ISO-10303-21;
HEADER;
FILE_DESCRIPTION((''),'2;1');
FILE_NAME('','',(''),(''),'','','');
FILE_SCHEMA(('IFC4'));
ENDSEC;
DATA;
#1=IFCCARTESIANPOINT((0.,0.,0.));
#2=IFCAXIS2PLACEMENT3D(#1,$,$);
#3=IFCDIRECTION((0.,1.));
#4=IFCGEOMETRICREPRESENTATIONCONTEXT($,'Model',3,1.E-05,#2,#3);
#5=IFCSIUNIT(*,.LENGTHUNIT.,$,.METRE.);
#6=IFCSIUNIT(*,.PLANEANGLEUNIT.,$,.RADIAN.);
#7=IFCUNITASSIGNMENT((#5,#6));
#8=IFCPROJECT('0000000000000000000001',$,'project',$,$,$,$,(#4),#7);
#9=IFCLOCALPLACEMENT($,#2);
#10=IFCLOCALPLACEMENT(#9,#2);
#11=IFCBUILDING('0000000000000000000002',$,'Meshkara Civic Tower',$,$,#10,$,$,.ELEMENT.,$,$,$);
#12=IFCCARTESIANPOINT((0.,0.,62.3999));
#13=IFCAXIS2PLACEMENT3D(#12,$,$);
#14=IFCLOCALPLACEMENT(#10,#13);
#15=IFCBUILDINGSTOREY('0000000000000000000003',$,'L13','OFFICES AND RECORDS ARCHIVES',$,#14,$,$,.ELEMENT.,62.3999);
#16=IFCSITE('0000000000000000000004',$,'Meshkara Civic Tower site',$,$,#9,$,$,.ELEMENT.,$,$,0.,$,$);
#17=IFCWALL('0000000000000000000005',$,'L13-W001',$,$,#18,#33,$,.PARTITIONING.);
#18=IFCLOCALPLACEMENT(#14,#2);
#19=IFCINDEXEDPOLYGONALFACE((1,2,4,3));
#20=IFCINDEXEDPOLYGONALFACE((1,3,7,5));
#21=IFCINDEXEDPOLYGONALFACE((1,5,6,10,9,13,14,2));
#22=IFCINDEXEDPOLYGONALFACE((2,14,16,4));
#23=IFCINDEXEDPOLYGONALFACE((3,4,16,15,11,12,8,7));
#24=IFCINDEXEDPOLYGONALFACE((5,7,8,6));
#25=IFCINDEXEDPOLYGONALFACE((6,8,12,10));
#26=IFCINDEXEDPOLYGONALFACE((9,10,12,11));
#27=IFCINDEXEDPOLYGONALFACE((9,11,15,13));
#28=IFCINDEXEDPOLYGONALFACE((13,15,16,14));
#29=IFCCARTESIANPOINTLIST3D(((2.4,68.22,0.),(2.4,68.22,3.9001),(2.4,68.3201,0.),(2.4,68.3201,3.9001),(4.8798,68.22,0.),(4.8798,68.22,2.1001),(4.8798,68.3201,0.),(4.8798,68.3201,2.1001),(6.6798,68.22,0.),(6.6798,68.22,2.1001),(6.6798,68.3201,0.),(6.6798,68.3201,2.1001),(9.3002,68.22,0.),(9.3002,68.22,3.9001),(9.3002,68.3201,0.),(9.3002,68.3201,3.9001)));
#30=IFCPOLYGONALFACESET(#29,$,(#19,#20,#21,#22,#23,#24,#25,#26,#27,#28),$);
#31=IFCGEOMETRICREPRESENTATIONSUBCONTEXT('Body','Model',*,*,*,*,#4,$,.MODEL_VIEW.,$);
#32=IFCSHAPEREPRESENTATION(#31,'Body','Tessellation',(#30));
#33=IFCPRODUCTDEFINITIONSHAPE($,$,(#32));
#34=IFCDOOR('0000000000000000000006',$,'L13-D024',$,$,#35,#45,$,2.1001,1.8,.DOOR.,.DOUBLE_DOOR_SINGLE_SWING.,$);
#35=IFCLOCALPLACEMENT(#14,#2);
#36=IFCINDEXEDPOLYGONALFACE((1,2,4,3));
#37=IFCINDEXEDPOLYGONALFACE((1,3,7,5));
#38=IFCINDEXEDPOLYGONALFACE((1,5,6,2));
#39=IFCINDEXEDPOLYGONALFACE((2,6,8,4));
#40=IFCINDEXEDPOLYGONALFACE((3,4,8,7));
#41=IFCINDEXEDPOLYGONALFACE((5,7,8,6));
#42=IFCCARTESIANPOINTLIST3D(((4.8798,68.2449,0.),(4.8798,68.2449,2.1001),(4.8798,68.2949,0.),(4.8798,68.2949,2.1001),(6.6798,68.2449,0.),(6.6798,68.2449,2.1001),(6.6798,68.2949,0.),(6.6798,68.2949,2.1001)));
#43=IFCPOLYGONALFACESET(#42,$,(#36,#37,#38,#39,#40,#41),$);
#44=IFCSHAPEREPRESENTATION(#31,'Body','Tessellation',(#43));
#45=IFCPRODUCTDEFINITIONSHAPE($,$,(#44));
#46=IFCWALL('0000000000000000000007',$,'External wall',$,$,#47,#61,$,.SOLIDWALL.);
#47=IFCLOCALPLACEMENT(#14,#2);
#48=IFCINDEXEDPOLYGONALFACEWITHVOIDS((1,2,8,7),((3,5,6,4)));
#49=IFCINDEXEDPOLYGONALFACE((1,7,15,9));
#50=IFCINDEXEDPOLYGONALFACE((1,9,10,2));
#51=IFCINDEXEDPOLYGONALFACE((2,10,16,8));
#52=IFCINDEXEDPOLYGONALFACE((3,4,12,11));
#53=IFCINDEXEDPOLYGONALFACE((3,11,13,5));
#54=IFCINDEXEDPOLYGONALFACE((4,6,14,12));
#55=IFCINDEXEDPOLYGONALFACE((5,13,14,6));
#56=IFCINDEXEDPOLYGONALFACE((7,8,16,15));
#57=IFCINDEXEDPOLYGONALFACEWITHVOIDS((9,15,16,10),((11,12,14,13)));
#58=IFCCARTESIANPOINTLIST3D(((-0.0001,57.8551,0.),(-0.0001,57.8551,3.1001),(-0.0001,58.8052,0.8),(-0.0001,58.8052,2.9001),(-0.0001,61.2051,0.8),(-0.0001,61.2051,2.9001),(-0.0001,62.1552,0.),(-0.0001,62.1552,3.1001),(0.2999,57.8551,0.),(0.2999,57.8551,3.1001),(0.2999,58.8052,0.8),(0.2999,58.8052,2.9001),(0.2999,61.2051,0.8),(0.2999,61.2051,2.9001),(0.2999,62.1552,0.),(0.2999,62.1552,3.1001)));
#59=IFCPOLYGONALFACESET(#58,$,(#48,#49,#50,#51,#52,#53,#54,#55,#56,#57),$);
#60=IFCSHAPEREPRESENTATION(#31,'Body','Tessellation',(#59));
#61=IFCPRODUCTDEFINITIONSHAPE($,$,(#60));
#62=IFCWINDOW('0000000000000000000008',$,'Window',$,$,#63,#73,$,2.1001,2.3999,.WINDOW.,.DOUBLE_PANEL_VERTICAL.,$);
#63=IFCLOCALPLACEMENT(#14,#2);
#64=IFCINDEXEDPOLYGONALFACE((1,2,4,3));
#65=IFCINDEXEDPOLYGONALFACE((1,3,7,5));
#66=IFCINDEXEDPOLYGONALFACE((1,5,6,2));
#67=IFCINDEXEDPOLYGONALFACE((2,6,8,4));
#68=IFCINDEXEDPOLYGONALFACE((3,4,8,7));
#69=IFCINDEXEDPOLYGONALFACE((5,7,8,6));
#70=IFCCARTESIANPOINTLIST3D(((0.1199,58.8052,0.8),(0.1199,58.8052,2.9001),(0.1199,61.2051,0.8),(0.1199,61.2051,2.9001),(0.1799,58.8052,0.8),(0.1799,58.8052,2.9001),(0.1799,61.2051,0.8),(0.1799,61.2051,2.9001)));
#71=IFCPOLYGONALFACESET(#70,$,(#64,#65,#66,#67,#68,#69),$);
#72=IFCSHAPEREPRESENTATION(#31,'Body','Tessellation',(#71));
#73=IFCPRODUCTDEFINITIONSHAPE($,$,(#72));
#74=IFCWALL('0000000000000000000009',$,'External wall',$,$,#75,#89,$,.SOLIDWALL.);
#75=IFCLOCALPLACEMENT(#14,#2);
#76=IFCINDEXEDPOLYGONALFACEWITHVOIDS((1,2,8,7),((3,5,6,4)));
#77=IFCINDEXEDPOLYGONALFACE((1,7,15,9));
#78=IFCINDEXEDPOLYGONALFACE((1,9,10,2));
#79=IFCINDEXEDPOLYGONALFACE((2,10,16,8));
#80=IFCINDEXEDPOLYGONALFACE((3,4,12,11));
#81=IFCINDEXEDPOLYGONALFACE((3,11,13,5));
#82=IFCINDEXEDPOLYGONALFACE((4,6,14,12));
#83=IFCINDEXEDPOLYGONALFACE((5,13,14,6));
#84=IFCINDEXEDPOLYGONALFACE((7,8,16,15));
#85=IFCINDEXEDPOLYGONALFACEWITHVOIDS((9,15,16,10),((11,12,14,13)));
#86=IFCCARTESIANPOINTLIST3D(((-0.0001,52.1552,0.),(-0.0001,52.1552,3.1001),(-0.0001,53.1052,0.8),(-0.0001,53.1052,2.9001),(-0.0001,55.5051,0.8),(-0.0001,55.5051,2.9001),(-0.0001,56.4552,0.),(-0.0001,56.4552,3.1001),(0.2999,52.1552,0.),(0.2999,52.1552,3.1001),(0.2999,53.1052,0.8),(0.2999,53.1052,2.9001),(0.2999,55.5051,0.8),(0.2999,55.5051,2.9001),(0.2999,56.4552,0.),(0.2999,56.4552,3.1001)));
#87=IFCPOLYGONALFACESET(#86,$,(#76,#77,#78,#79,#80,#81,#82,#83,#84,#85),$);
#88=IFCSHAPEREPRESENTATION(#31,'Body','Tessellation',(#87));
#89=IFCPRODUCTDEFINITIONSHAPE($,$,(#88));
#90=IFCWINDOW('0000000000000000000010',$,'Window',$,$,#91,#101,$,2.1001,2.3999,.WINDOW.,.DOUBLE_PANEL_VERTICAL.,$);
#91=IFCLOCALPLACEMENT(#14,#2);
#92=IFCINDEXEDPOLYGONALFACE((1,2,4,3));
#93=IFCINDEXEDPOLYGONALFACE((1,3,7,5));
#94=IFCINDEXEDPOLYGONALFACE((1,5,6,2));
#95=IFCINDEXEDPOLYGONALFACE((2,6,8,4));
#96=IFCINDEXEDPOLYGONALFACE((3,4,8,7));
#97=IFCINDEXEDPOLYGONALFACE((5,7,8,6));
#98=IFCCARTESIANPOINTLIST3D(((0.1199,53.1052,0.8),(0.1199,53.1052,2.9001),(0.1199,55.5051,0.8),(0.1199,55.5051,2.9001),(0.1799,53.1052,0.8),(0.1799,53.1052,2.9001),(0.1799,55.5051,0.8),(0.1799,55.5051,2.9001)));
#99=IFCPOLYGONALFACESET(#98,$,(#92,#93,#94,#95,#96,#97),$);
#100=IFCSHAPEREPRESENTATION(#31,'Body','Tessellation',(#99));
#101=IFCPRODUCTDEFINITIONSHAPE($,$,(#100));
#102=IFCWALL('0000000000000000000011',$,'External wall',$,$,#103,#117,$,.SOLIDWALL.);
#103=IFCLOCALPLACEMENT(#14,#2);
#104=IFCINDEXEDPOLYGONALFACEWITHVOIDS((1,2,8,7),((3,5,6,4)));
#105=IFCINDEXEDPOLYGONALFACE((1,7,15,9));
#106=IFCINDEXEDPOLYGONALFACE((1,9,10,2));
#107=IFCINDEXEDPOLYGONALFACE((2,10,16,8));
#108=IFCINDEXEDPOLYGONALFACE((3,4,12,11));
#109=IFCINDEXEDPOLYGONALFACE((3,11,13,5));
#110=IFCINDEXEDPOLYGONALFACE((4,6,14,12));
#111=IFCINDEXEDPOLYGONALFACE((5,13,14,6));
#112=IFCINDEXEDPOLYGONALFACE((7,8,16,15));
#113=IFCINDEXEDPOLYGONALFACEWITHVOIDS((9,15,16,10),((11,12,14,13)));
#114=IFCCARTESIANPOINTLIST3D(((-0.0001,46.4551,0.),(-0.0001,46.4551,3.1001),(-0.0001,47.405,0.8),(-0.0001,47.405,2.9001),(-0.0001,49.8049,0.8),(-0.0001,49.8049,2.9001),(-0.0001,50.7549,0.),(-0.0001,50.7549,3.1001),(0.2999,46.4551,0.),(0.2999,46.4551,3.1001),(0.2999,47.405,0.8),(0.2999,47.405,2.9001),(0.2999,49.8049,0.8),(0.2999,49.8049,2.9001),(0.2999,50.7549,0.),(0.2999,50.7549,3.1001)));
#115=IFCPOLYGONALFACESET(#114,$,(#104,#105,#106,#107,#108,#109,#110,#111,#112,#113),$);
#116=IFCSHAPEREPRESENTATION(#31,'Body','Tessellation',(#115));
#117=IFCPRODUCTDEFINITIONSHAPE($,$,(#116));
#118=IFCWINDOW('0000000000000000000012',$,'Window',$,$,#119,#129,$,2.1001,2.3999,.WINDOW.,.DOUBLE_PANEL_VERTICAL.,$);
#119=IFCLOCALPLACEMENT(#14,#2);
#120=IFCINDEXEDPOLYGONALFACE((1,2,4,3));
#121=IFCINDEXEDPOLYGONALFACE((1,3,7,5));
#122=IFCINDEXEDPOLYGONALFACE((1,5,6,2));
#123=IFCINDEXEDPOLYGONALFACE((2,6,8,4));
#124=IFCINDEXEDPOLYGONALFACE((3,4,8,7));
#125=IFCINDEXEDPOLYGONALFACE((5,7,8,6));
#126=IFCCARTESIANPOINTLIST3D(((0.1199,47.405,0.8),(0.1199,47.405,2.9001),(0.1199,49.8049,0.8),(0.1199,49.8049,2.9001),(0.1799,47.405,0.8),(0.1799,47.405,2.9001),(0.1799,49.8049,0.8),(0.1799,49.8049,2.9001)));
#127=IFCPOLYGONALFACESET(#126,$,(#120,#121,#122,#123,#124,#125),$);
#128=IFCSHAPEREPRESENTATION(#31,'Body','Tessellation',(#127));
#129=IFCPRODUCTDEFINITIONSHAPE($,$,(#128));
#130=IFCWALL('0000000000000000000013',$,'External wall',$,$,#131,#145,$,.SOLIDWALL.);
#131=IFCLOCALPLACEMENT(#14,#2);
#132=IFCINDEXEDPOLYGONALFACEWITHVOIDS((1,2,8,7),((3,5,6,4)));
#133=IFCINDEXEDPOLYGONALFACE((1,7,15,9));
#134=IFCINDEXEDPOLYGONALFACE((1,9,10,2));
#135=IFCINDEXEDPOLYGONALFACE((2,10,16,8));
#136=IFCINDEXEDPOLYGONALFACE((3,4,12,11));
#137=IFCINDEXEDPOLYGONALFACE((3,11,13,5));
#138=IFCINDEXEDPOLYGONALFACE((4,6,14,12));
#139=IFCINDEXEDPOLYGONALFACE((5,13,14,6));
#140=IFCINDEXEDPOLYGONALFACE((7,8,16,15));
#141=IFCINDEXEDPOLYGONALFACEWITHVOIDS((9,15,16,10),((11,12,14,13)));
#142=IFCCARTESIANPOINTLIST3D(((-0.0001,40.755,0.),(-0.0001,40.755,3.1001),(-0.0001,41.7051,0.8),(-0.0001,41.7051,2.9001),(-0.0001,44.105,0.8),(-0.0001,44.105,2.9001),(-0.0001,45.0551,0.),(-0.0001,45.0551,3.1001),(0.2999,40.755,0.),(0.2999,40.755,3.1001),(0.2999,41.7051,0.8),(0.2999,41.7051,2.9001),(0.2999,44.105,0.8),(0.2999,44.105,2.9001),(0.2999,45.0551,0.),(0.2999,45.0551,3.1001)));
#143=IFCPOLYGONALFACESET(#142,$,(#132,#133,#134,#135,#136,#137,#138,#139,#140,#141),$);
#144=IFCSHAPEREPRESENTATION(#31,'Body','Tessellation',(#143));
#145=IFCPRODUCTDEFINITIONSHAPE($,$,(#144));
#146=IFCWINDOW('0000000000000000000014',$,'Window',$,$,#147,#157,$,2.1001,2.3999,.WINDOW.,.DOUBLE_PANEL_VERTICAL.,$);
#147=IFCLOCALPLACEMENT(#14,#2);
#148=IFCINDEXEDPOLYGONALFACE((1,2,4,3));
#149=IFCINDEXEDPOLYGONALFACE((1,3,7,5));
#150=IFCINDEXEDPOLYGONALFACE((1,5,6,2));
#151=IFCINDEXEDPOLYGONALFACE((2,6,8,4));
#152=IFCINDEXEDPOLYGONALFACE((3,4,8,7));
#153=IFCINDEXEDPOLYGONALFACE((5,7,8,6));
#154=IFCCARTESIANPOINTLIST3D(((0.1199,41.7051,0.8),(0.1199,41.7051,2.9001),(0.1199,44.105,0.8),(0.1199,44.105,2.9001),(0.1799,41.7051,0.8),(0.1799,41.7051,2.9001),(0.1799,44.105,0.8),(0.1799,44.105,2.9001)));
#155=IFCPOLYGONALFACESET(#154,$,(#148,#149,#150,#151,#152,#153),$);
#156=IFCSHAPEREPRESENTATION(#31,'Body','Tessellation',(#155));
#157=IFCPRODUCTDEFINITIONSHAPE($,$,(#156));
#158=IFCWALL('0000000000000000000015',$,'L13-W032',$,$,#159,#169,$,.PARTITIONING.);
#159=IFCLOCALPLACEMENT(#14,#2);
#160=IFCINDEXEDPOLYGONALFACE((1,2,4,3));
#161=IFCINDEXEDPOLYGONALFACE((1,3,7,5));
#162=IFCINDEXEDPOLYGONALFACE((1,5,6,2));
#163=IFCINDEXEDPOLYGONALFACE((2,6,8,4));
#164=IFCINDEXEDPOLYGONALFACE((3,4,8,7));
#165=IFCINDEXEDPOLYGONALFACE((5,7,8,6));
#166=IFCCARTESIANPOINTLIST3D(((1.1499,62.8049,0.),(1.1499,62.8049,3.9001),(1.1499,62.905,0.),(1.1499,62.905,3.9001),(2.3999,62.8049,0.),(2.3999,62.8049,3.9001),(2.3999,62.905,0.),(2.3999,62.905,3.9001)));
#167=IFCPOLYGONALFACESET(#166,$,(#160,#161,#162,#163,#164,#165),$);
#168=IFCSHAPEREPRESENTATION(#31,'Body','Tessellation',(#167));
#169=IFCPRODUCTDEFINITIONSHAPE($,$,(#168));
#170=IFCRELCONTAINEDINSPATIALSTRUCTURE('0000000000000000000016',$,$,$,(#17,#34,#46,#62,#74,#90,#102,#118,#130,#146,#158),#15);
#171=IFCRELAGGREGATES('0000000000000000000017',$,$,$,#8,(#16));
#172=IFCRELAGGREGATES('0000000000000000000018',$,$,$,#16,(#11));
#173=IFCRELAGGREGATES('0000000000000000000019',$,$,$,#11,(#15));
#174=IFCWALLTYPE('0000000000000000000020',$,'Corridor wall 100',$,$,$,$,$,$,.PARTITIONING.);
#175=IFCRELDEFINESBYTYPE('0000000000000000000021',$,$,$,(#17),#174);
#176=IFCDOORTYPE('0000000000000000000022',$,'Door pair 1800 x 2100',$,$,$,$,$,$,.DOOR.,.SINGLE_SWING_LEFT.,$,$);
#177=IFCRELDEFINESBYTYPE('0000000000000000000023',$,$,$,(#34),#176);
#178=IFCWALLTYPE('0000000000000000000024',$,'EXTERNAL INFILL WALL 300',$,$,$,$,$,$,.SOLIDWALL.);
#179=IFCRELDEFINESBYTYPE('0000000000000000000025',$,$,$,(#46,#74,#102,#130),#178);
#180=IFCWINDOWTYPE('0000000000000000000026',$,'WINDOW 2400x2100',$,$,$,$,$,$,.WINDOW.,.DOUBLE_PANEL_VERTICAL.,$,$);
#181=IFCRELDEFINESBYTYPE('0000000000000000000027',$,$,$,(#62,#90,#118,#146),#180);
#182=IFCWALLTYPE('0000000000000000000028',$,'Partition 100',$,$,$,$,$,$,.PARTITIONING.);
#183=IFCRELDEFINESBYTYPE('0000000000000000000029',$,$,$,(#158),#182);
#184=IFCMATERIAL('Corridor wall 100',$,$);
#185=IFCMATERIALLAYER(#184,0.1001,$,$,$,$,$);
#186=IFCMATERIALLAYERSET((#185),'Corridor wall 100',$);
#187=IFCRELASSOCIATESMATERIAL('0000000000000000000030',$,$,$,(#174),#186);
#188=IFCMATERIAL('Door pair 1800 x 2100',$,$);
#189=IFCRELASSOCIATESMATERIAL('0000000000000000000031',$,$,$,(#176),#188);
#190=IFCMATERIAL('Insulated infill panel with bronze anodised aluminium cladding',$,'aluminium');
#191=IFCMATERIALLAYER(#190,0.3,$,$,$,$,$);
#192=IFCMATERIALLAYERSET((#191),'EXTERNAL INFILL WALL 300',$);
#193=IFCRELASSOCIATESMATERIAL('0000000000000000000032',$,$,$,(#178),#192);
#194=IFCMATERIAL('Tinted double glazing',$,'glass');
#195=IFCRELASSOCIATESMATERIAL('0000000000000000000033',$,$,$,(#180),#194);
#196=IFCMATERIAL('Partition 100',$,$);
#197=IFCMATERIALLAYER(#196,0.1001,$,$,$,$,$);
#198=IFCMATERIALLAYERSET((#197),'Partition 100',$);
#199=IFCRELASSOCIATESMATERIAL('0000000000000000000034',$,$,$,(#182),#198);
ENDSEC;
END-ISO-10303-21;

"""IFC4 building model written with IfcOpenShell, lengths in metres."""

from ifc_helpers import new_model, si_unit, direction, frame, frame_2d, origin, place, context, subcontext, project, spatial, rectangle, extrude, material, layer, layer_set, type_object, element, fill, save


model = new_model("IFC4")

# Units and contexts
model_context = context("Model", 3, precision=1e-05, world=origin(), true_north=direction((0.0, 1.0)))
body_context = subcontext(model_context, "Body", "Model", "MODEL_VIEW")
ifc_project = project(units=[si_unit("LENGTHUNIT", "METRE"), si_unit("PLANEANGLEUNIT", "RADIAN")], contexts=[model_context])

# Site, building, storey
site_placement = place(None, origin())
site = spatial("IfcSite", under=ifc_project, at=site_placement, Name="Meshkara Civic Tower site", CompositionType="ELEMENT", RefElevation=0.0)
building_placement = place(site_placement, origin())
building = spatial("IfcBuilding", under=site, at=building_placement, Name="Meshkara Civic Tower", CompositionType="ELEMENT")
storey_placement = place(building_placement, frame((0.0, 0.0, 62.3999)))
storey = spatial("IfcBuildingStorey", under=building, at=storey_placement, Name="L13", Description="OFFICES AND RECORDS ARCHIVES", CompositionType="ELEMENT", Elevation=62.3999)

# Wall, opening, door
ifc_material_1 = material(Name="Corridor wall 100")
ifc_layer_1 = layer(ifc_material_1, 0.1001)
ifc_layer_set_1 = layer_set([ifc_layer_1], Name="Corridor wall 100")
wall_type_1 = type_object("IfcWallType", Name="Corridor wall 100", PredefinedType="PARTITIONING", material=ifc_layer_set_1)
wall_1_placement = place(storey_placement, frame((2.3999, 68.27, 0.0), z_axis=(0.0, 0.0, 1.0), x_axis=(1.0, 0.0, 0.0)))
wall_1 = element("IfcWall", 1, at=wall_1_placement, inside=storey, type_object=wall_type_1, Name="L13-W001", PredefinedType="PARTITIONING", context=body_context, shape_type="SweptSolid", body=[
    extrude(rectangle(XDim=6.9001, YDim=0.1001, at=frame_2d((3.4502, 0.0))), origin(), (0.0, 0.0, 1.0), 3.9001),
])
opening_1_placement = place(wall_1_placement, frame((2.48, 0.0, 0.0)))
opening_1 = element("IfcOpeningElement", 2, at=opening_1_placement, cuts=wall_1, PredefinedType="OPENING", context=body_context, shape_type="SweptSolid", body=[
    extrude(rectangle(XDim=1.8, YDim=2.1001, at=frame_2d((0.8999, 1.05))), frame((0.0, 0.0601, 0.0), z_axis=(0.0, -1.0, 0.0), x_axis=(1.0, 0.0, 0.0)), (0.0, 0.0, 1.0), 0.1201),
])
ifc_material_2 = material(Name="Door pair 1800 x 2100")
door_type_1 = type_object("IfcDoorType", Name="Door pair 1800 x 2100", OperationType="SINGLE_SWING_LEFT", PredefinedType="DOOR", material=ifc_material_2)
door_1_placement = place(opening_1_placement, origin())
door_1 = element("IfcDoor", 3, at=door_1_placement, inside=storey, type_object=door_type_1, Name="L13-D024", OperationType="DOUBLE_DOOR_SINGLE_SWING", OverallHeight=2.1001, OverallWidth=1.8, PredefinedType="DOOR", context=body_context, shape_type="SweptSolid", body=[
    extrude(rectangle(XDim=1.8, YDim=2.1001, at=frame_2d((0.8999, 1.05))), frame((0.0, 0.0249, 0.0), z_axis=(0.0, -1.0, 0.0), x_axis=(1.0, 0.0, 0.0)), (0.0, 0.0, 1.0), 0.05),
])
fill(opening_1, door_1)

# Walls, openings, windows
ifc_material_3 = material(Name="Insulated infill panel with bronze anodised aluminium cladding", Category="aluminium")
ifc_layer_2 = layer(ifc_material_3, 0.3)
ifc_layer_set_2 = layer_set([ifc_layer_2], Name="EXTERNAL INFILL WALL 300")
wall_type_2 = type_object("IfcWallType", Name="EXTERNAL INFILL WALL 300", PredefinedType="SOLIDWALL", material=ifc_layer_set_2)
wall_2_placement = place(storey_placement, frame((0.1499, 62.155, 0.0), z_axis=(0.0, 0.0, 1.0), x_axis=(0.0, -1.0, 0.0)))
wall_2 = element("IfcWall", 4, at=wall_2_placement, inside=storey, type_object=wall_type_2, Name="External wall", PredefinedType="SOLIDWALL", context=body_context, shape_type="SweptSolid", body=[
    extrude(rectangle(XDim=4.3, YDim=0.3, at=frame_2d((2.1499, 0.0))), origin(), (0.0, 0.0, 1.0), 3.1001),
])
opening_2_placement = place(wall_2_placement, frame((0.95, 0.0, 0.8)))
opening_2 = element("IfcOpeningElement", 5, at=opening_2_placement, cuts=wall_2, PredefinedType="OPENING", context=body_context, shape_type="SweptSolid", body=[
    extrude(rectangle(XDim=2.3999, YDim=2.1001, at=frame_2d((1.2, 1.05))), frame((0.0, 0.1599, 0.0), z_axis=(0.0, -1.0, 0.0), x_axis=(1.0, 0.0, 0.0)), (0.0, 0.0, 1.0), 0.3201),
])
ifc_material_4 = material(Name="Tinted double glazing", Category="glass")
window_type = type_object("IfcWindowType", Name="WINDOW 2400x2100", PartitioningType="DOUBLE_PANEL_VERTICAL", PredefinedType="WINDOW", material=ifc_material_4)
window_1_placement = place(opening_2_placement, origin())
window_1 = element("IfcWindow", 6, at=window_1_placement, inside=storey, type_object=window_type, Name="Window", OverallHeight=2.1001, OverallWidth=2.3999, PartitioningType="DOUBLE_PANEL_VERTICAL", PredefinedType="WINDOW", context=body_context, shape_type="SweptSolid", body=[
    extrude(rectangle(XDim=2.3999, YDim=2.1001, at=frame_2d((1.2, 1.05))), frame((0.0, 0.03, 0.0), z_axis=(0.0, -1.0, 0.0), x_axis=(1.0, 0.0, 0.0)), (0.0, 0.0, 1.0), 0.0601),
])
fill(opening_2, window_1)
wall_3_placement = place(storey_placement, frame((0.1499, 56.4551, 0.0), z_axis=(0.0, 0.0, 1.0), x_axis=(0.0, -1.0, 0.0)))
wall_3 = element("IfcWall", 7, at=wall_3_placement, inside=storey, type_object=wall_type_2, Name="External wall", PredefinedType="SOLIDWALL", context=body_context, shape_type="SweptSolid", body=[
    extrude(rectangle(XDim=4.3, YDim=0.3, at=frame_2d((2.1499, 0.0))), origin(), (0.0, 0.0, 1.0), 3.1001),
])
opening_3_placement = place(wall_3_placement, frame((0.95, 0.0, 0.8)))
opening_3 = element("IfcOpeningElement", 8, at=opening_3_placement, cuts=wall_3, PredefinedType="OPENING", context=body_context, shape_type="SweptSolid", body=[
    extrude(rectangle(XDim=2.3999, YDim=2.1001, at=frame_2d((1.2, 1.05))), frame((0.0, 0.1599, 0.0), z_axis=(0.0, -1.0, 0.0), x_axis=(1.0, 0.0, 0.0)), (0.0, 0.0, 1.0), 0.3201),
])
window_2_placement = place(opening_3_placement, origin())
window_2 = element("IfcWindow", 9, at=window_2_placement, inside=storey, type_object=window_type, Name="Window", OverallHeight=2.1001, OverallWidth=2.3999, PartitioningType="DOUBLE_PANEL_VERTICAL", PredefinedType="WINDOW", context=body_context, shape_type="SweptSolid", body=[
    extrude(rectangle(XDim=2.3999, YDim=2.1001, at=frame_2d((1.2, 1.05))), frame((0.0, 0.03, 0.0), z_axis=(0.0, -1.0, 0.0), x_axis=(1.0, 0.0, 0.0)), (0.0, 0.0, 1.0), 0.0601),
])
fill(opening_3, window_2)
wall_4_placement = place(storey_placement, frame((0.1499, 50.7549, 0.0), z_axis=(0.0, 0.0, 1.0), x_axis=(0.0, -1.0, 0.0)))
wall_4 = element("IfcWall", 10, at=wall_4_placement, inside=storey, type_object=wall_type_2, Name="External wall", PredefinedType="SOLIDWALL", context=body_context, shape_type="SweptSolid", body=[
    extrude(rectangle(XDim=4.2998, YDim=0.3, at=frame_2d((2.1499, 0.0))), origin(), (0.0, 0.0, 1.0), 3.1001),
])
opening_4_placement = place(wall_4_placement, frame((0.95, 0.0, 0.8)))
opening_4 = element("IfcOpeningElement", 11, at=opening_4_placement, cuts=wall_4, PredefinedType="OPENING", context=body_context, shape_type="SweptSolid", body=[
    extrude(rectangle(XDim=2.3999, YDim=2.1001, at=frame_2d((1.2, 1.05))), frame((0.0, 0.1599, 0.0), z_axis=(0.0, -1.0, 0.0), x_axis=(1.0, 0.0, 0.0)), (0.0, 0.0, 1.0), 0.3201),
])
window_3_placement = place(opening_4_placement, origin())
window_3 = element("IfcWindow", 12, at=window_3_placement, inside=storey, type_object=window_type, Name="Window", OverallHeight=2.1001, OverallWidth=2.3999, PartitioningType="DOUBLE_PANEL_VERTICAL", PredefinedType="WINDOW", context=body_context, shape_type="SweptSolid", body=[
    extrude(rectangle(XDim=2.3999, YDim=2.1001, at=frame_2d((1.2, 1.05))), frame((0.0, 0.03, 0.0), z_axis=(0.0, -1.0, 0.0), x_axis=(1.0, 0.0, 0.0)), (0.0, 0.0, 1.0), 0.0601),
])
fill(opening_4, window_3)
wall_5_placement = place(storey_placement, frame((0.1499, 45.0549, 0.0), z_axis=(0.0, 0.0, 1.0), x_axis=(0.0, -1.0, 0.0)))
wall_5 = element("IfcWall", 13, at=wall_5_placement, inside=storey, type_object=wall_type_2, Name="External wall", PredefinedType="SOLIDWALL", context=body_context, shape_type="SweptSolid", body=[
    extrude(rectangle(XDim=4.3, YDim=0.3, at=frame_2d((2.1499, 0.0))), origin(), (0.0, 0.0, 1.0), 3.1001),
])
opening_5_placement = place(wall_5_placement, frame((0.95, 0.0, 0.8)))
opening_5 = element("IfcOpeningElement", 14, at=opening_5_placement, cuts=wall_5, PredefinedType="OPENING", context=body_context, shape_type="SweptSolid", body=[
    extrude(rectangle(XDim=2.3999, YDim=2.1001, at=frame_2d((1.2, 1.05))), frame((0.0, 0.1599, 0.0), z_axis=(0.0, -1.0, 0.0), x_axis=(1.0, 0.0, 0.0)), (0.0, 0.0, 1.0), 0.3201),
])
window_4_placement = place(opening_5_placement, origin())
window_4 = element("IfcWindow", 15, at=window_4_placement, inside=storey, type_object=window_type, Name="Window", OverallHeight=2.1001, OverallWidth=2.3999, PartitioningType="DOUBLE_PANEL_VERTICAL", PredefinedType="WINDOW", context=body_context, shape_type="SweptSolid", body=[
    extrude(rectangle(XDim=2.3999, YDim=2.1001, at=frame_2d((1.2, 1.05))), frame((0.0, 0.03, 0.0), z_axis=(0.0, -1.0, 0.0), x_axis=(1.0, 0.0, 0.0)), (0.0, 0.0, 1.0), 0.0601),
])
fill(opening_5, window_4)

# Wall
ifc_material_5 = material(Name="Partition 100")
ifc_layer_3 = layer(ifc_material_5, 0.1001)
ifc_layer_set_3 = layer_set([ifc_layer_3], Name="Partition 100")
wall_type_3 = type_object("IfcWallType", Name="Partition 100", PredefinedType="PARTITIONING", material=ifc_layer_set_3)
wall_6_placement = place(storey_placement, frame((2.3999, 62.855, 0.0), z_axis=(0.0, 0.0, 1.0), x_axis=(-1.0, 0.0, 0.0)))
element("IfcWall", 16, at=wall_6_placement, inside=storey, type_object=wall_type_3, Name="L13-W032", PredefinedType="PARTITIONING", context=body_context, shape_type="SweptSolid", body=[
    extrude(rectangle(XDim=1.25, YDim=0.1001, at=frame_2d((0.625, 0.0))), origin(), (0.0, 0.0, 1.0), 3.9001),
])

save(model, "model.ifc")
